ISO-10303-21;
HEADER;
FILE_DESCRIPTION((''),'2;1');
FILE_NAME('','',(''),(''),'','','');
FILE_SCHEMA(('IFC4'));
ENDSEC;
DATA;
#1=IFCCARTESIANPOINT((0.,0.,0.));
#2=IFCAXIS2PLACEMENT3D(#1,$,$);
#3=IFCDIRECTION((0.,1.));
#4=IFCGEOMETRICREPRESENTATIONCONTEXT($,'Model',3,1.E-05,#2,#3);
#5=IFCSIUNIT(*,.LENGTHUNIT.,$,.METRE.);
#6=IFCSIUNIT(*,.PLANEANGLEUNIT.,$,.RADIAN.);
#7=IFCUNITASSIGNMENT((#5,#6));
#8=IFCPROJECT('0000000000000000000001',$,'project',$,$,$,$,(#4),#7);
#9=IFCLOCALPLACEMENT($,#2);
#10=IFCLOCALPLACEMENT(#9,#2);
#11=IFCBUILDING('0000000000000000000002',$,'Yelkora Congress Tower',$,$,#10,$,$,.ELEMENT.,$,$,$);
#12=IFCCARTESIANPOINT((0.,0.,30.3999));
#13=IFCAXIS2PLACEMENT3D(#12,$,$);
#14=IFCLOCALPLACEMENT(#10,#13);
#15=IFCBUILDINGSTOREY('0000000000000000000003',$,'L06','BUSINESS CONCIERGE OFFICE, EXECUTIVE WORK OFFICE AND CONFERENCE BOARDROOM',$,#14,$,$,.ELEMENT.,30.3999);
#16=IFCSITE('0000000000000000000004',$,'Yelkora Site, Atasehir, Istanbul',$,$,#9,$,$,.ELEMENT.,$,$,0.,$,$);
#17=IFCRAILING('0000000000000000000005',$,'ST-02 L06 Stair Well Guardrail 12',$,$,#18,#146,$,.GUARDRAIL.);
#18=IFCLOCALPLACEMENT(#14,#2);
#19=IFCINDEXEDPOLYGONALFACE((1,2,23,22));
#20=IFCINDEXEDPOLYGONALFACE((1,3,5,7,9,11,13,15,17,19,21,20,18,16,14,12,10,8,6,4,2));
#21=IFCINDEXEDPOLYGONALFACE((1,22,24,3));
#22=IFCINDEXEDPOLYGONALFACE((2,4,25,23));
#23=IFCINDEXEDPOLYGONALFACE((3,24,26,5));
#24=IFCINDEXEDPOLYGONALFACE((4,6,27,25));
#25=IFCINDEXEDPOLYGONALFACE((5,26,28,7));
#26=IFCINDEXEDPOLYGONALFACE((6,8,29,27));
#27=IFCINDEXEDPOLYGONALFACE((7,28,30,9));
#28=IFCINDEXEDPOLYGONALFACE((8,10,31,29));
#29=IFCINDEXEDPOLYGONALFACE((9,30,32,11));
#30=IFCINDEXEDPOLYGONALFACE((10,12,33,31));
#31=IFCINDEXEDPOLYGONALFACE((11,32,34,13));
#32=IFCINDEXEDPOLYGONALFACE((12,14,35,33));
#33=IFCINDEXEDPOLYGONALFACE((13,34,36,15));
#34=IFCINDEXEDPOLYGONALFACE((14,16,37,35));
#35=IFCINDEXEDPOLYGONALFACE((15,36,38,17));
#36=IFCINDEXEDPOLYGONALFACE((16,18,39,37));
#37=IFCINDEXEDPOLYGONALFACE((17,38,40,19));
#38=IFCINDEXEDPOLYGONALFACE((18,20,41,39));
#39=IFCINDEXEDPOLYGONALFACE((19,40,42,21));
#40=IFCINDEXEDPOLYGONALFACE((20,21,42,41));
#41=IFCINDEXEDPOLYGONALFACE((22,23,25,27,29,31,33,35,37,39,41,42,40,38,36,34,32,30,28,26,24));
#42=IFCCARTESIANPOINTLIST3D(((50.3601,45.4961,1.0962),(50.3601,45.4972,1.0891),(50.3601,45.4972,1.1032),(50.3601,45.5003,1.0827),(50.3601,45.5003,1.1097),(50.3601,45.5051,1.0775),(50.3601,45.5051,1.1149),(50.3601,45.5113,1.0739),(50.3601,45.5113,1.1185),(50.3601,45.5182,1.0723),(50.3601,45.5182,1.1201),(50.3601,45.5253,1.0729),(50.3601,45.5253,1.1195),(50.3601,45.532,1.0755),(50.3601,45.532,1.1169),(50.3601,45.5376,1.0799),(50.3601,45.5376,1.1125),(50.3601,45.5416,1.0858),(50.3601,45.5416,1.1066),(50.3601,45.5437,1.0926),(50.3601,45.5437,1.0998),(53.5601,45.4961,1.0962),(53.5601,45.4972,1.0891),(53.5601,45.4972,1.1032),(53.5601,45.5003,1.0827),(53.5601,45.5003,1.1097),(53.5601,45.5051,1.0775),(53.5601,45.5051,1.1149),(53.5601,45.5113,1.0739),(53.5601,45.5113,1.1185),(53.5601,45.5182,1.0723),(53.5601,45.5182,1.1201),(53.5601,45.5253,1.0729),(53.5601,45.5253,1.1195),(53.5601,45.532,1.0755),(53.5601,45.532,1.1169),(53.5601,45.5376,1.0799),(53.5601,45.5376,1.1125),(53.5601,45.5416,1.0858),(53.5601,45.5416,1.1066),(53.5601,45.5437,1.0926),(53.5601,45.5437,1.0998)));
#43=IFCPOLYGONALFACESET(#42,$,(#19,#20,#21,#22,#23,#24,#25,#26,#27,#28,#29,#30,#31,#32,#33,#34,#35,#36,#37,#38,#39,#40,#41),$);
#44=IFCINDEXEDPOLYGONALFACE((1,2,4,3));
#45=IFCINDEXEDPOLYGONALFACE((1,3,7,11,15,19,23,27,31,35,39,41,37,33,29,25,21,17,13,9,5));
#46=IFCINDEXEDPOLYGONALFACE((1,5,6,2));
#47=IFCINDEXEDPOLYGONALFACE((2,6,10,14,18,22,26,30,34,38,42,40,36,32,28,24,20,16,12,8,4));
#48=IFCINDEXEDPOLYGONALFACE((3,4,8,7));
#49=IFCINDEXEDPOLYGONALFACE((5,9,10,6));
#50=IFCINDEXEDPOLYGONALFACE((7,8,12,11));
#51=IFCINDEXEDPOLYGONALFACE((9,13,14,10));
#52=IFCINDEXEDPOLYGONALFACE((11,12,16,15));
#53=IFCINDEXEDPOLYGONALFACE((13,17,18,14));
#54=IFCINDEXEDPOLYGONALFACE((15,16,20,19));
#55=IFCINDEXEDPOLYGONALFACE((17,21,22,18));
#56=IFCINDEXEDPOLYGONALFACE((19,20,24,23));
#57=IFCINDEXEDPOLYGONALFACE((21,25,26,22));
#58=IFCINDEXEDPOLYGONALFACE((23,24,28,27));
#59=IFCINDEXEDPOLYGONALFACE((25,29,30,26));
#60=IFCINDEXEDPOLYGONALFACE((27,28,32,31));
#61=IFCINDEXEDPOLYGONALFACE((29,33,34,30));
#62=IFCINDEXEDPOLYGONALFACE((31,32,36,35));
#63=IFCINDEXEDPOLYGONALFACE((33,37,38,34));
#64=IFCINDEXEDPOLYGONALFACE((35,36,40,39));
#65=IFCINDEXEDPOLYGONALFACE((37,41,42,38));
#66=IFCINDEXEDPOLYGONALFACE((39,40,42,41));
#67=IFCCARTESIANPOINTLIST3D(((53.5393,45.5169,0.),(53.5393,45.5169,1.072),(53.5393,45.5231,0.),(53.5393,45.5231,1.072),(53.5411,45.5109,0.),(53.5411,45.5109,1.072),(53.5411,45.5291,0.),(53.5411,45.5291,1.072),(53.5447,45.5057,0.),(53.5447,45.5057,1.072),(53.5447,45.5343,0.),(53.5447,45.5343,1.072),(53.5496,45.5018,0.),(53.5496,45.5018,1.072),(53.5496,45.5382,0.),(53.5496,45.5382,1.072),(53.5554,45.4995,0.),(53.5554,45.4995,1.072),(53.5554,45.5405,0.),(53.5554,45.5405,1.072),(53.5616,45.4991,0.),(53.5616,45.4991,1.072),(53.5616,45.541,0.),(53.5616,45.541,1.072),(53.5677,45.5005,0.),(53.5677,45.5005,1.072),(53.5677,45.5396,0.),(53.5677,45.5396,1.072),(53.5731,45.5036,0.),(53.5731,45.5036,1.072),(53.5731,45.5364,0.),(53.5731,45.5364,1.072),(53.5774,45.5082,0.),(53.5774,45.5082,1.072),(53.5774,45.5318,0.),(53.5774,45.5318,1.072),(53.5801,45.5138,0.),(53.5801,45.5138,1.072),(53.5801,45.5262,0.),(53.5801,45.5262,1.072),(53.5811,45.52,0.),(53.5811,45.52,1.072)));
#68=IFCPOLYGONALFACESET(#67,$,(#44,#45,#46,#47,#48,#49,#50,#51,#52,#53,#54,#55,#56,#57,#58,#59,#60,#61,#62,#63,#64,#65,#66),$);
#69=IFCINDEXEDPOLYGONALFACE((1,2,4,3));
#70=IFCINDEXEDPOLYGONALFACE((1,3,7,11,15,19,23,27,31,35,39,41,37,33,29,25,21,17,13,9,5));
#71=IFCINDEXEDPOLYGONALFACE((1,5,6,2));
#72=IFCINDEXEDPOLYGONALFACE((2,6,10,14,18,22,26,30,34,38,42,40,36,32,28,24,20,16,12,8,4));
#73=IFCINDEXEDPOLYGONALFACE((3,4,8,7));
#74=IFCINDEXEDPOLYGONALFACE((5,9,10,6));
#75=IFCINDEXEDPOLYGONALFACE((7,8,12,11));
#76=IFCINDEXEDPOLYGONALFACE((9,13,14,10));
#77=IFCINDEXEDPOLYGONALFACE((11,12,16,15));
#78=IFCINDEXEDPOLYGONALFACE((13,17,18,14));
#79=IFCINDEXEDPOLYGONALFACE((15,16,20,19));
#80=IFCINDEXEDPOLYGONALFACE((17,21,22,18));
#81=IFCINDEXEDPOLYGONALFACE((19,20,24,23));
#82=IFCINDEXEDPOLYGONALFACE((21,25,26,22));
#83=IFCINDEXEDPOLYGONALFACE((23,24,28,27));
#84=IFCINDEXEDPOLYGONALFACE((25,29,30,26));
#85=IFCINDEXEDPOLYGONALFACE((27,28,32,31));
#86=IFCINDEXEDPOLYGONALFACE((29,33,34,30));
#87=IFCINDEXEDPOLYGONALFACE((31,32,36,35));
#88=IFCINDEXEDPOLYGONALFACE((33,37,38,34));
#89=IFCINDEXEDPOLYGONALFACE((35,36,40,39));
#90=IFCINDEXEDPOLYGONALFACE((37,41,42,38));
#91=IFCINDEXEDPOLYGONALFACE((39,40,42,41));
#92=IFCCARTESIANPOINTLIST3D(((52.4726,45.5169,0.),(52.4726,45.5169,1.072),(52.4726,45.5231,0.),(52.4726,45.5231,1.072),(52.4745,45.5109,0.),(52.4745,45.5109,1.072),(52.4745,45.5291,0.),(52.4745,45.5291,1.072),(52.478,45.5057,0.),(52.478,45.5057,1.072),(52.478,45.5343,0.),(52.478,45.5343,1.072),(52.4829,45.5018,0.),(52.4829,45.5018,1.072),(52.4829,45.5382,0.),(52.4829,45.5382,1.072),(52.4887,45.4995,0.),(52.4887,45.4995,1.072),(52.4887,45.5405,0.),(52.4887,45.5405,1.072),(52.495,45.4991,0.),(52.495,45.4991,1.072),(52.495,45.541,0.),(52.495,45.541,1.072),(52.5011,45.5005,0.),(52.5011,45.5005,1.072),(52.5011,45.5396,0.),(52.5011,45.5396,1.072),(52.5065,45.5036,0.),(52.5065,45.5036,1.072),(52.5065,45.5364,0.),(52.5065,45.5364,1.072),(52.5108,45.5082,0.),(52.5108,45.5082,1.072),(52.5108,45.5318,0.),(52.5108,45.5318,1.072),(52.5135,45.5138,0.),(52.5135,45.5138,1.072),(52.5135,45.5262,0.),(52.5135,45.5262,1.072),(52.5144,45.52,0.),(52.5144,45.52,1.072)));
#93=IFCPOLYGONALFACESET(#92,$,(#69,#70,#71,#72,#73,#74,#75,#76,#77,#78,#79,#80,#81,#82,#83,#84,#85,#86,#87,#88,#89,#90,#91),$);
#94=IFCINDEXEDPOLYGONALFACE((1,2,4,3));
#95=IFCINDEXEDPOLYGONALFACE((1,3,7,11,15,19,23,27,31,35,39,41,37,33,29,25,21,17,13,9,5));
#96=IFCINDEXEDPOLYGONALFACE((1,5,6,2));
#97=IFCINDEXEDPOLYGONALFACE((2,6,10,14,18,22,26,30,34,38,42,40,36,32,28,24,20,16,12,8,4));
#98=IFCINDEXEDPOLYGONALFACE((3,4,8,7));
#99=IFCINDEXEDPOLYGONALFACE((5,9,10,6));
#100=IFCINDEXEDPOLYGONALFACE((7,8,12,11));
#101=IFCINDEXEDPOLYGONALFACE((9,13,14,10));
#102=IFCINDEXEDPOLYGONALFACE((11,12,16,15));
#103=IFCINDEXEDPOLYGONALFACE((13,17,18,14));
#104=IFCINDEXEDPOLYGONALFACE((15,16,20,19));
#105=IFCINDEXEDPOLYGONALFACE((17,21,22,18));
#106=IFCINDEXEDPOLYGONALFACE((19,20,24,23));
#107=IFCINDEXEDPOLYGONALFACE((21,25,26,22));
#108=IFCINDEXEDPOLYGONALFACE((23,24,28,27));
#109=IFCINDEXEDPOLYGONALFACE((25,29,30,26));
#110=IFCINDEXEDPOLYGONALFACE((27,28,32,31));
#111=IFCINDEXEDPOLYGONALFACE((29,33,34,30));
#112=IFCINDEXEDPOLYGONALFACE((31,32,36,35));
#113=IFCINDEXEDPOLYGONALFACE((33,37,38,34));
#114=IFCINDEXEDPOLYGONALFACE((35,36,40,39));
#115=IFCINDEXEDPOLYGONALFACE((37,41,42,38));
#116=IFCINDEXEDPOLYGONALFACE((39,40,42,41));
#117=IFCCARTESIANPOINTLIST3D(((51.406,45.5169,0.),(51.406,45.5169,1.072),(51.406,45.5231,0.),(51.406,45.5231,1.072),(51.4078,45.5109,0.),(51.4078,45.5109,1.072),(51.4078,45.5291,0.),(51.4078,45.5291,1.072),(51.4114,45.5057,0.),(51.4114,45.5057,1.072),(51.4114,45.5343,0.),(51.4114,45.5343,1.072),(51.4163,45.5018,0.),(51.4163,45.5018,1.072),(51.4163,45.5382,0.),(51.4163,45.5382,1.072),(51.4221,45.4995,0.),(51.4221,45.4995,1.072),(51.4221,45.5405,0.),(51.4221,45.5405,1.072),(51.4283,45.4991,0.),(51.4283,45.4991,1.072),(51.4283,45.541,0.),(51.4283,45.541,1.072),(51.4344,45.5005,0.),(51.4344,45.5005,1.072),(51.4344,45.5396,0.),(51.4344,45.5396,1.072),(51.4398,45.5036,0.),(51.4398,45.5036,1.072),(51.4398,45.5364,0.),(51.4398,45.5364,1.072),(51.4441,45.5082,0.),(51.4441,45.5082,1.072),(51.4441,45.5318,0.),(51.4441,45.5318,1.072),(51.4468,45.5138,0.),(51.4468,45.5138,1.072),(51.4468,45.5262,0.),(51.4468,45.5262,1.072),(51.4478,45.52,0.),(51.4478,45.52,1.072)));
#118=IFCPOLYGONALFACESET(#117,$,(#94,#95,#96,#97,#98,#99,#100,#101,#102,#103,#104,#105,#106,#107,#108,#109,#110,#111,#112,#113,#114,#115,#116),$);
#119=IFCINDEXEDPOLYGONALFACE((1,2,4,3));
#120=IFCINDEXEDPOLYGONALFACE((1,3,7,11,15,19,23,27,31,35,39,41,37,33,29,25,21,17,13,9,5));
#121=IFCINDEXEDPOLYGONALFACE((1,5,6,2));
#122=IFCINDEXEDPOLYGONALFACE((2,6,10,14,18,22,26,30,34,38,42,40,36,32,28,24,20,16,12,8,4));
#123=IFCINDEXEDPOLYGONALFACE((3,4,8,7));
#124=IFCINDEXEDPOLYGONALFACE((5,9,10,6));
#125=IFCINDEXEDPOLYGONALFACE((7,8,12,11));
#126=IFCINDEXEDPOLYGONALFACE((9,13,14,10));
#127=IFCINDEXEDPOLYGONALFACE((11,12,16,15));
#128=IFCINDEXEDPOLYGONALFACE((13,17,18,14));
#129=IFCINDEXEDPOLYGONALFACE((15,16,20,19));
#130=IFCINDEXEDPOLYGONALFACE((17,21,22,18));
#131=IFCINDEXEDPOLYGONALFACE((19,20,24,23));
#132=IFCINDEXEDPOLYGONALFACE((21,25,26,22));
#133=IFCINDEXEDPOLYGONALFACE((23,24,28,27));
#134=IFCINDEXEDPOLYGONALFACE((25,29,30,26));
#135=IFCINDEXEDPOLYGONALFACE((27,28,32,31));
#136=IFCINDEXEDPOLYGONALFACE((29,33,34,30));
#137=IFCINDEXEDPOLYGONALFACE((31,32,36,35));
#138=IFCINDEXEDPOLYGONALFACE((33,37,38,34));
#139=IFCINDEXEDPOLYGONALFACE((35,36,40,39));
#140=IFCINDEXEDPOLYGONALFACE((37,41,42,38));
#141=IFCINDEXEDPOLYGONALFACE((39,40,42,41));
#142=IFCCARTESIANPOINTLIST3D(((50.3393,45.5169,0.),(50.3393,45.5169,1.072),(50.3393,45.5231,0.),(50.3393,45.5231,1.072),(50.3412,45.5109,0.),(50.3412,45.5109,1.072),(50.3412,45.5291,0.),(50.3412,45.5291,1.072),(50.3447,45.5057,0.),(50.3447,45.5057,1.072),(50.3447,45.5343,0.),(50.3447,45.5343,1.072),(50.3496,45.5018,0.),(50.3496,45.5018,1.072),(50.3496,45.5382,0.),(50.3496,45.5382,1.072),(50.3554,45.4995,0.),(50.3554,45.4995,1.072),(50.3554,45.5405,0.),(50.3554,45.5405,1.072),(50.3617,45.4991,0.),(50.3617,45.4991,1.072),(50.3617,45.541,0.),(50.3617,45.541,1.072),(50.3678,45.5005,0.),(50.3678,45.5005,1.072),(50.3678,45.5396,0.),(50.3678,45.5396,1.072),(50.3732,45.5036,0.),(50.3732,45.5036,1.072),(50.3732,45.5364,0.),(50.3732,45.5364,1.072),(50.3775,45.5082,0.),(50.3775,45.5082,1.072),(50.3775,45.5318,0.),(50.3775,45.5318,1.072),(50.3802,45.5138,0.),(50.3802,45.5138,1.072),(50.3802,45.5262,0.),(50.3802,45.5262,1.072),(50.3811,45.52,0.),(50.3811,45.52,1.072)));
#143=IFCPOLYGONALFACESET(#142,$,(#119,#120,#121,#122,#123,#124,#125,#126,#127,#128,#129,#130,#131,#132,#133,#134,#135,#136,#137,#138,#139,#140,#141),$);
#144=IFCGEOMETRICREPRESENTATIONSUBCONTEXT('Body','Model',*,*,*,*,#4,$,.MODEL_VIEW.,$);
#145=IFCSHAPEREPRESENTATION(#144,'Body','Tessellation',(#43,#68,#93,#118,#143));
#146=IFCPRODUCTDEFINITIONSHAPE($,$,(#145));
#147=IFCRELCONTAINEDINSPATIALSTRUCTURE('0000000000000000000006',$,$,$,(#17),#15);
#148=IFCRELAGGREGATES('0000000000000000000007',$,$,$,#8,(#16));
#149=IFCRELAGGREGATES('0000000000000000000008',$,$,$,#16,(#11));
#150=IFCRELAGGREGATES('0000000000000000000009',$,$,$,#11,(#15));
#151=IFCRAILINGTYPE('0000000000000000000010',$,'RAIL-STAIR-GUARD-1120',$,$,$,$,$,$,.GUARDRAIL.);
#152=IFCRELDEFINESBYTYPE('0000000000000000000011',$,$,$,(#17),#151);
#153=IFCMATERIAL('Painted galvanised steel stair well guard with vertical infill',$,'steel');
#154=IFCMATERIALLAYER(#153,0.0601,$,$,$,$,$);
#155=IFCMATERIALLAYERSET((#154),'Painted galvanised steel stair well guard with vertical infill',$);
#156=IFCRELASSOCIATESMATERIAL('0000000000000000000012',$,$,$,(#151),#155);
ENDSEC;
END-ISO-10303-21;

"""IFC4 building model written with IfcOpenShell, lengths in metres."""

from ifc_helpers import new_model, si_unit, direction, frame, origin, origin_2d, place, context, subcontext, project, spatial, circle, extrude, material, layer, layer_set, type_object, element, save


model = new_model("IFC4")

# Units and contexts
model_context = context("Model", 3, precision=1e-05, world=origin(), true_north=direction((0.0, 1.0)))
body_context = subcontext(model_context, "Body", "Model", "MODEL_VIEW")
ifc_project = project(units=[si_unit("LENGTHUNIT", "METRE"), si_unit("PLANEANGLEUNIT", "RADIAN")], contexts=[model_context])

# Site, building, storey
site_placement = place(None, origin())
site = spatial("IfcSite", under=ifc_project, at=site_placement, Name="Yelkora Site, Atasehir, Istanbul", CompositionType="ELEMENT", RefElevation=0.0)
building_placement = place(site_placement, origin())
building = spatial("IfcBuilding", under=site, at=building_placement, Name="Yelkora Congress Tower", CompositionType="ELEMENT")
storey_placement = place(building_placement, frame((0.0, 0.0, 30.3999)))
storey = spatial("IfcBuildingStorey", under=building, at=storey_placement, Name="L06", Description="BUSINESS CONCIERGE OFFICE, EXECUTIVE WORK OFFICE AND CONFERENCE BOARDROOM", CompositionType="ELEMENT", Elevation=30.3999)

# Railing
ifc_material_1 = material(Name="Painted galvanised steel stair well guard with vertical infill", Category="steel")
ifc_layer_1 = layer(ifc_material_1, 0.0601)
ifc_layer_set_1 = layer_set([ifc_layer_1], Name="Painted galvanised steel stair well guard with vertical infill")
railing_type_1 = type_object("IfcRailingType", Name="RAIL-STAIR-GUARD-1120", PredefinedType="GUARDRAIL", material=ifc_layer_set_1)
railing_1_placement = place(storey_placement, frame((53.5601, 45.52, 0.0)))
element("IfcRailing", 1, at=railing_1_placement, inside=storey, type_object=railing_type_1, Name="ST-02 L06 Stair Well Guardrail 12", PredefinedType="GUARDRAIL", context=body_context, shape_type="SweptSolid", body=[
    extrude(circle(Radius=0.0239, at=origin_2d()), frame((0.0, 0.0, 1.0962), z_axis=(-1.0, 0.0, 0.0), x_axis=(0.0, -1.0, 0.0)), (0.0, 0.0, 1.0), 3.2),
    extrude(circle(Radius=0.021, at=origin_2d()), origin(), (0.0, 0.0, 1.0), 1.072),
    extrude(circle(Radius=0.021, at=origin_2d()), frame((-1.0667, 0.0, 0.0)), (0.0, 0.0, 1.0), 1.072),
    extrude(circle(Radius=0.021, at=origin_2d()), frame((-2.1333, 0.0, 0.0)), (0.0, 0.0, 1.0), 1.072),
    extrude(circle(Radius=0.021, at=origin_2d()), frame((-3.2, 0.0, 0.0)), (0.0, 0.0, 1.0), 1.072),
])

save(model, "model.ifc")
